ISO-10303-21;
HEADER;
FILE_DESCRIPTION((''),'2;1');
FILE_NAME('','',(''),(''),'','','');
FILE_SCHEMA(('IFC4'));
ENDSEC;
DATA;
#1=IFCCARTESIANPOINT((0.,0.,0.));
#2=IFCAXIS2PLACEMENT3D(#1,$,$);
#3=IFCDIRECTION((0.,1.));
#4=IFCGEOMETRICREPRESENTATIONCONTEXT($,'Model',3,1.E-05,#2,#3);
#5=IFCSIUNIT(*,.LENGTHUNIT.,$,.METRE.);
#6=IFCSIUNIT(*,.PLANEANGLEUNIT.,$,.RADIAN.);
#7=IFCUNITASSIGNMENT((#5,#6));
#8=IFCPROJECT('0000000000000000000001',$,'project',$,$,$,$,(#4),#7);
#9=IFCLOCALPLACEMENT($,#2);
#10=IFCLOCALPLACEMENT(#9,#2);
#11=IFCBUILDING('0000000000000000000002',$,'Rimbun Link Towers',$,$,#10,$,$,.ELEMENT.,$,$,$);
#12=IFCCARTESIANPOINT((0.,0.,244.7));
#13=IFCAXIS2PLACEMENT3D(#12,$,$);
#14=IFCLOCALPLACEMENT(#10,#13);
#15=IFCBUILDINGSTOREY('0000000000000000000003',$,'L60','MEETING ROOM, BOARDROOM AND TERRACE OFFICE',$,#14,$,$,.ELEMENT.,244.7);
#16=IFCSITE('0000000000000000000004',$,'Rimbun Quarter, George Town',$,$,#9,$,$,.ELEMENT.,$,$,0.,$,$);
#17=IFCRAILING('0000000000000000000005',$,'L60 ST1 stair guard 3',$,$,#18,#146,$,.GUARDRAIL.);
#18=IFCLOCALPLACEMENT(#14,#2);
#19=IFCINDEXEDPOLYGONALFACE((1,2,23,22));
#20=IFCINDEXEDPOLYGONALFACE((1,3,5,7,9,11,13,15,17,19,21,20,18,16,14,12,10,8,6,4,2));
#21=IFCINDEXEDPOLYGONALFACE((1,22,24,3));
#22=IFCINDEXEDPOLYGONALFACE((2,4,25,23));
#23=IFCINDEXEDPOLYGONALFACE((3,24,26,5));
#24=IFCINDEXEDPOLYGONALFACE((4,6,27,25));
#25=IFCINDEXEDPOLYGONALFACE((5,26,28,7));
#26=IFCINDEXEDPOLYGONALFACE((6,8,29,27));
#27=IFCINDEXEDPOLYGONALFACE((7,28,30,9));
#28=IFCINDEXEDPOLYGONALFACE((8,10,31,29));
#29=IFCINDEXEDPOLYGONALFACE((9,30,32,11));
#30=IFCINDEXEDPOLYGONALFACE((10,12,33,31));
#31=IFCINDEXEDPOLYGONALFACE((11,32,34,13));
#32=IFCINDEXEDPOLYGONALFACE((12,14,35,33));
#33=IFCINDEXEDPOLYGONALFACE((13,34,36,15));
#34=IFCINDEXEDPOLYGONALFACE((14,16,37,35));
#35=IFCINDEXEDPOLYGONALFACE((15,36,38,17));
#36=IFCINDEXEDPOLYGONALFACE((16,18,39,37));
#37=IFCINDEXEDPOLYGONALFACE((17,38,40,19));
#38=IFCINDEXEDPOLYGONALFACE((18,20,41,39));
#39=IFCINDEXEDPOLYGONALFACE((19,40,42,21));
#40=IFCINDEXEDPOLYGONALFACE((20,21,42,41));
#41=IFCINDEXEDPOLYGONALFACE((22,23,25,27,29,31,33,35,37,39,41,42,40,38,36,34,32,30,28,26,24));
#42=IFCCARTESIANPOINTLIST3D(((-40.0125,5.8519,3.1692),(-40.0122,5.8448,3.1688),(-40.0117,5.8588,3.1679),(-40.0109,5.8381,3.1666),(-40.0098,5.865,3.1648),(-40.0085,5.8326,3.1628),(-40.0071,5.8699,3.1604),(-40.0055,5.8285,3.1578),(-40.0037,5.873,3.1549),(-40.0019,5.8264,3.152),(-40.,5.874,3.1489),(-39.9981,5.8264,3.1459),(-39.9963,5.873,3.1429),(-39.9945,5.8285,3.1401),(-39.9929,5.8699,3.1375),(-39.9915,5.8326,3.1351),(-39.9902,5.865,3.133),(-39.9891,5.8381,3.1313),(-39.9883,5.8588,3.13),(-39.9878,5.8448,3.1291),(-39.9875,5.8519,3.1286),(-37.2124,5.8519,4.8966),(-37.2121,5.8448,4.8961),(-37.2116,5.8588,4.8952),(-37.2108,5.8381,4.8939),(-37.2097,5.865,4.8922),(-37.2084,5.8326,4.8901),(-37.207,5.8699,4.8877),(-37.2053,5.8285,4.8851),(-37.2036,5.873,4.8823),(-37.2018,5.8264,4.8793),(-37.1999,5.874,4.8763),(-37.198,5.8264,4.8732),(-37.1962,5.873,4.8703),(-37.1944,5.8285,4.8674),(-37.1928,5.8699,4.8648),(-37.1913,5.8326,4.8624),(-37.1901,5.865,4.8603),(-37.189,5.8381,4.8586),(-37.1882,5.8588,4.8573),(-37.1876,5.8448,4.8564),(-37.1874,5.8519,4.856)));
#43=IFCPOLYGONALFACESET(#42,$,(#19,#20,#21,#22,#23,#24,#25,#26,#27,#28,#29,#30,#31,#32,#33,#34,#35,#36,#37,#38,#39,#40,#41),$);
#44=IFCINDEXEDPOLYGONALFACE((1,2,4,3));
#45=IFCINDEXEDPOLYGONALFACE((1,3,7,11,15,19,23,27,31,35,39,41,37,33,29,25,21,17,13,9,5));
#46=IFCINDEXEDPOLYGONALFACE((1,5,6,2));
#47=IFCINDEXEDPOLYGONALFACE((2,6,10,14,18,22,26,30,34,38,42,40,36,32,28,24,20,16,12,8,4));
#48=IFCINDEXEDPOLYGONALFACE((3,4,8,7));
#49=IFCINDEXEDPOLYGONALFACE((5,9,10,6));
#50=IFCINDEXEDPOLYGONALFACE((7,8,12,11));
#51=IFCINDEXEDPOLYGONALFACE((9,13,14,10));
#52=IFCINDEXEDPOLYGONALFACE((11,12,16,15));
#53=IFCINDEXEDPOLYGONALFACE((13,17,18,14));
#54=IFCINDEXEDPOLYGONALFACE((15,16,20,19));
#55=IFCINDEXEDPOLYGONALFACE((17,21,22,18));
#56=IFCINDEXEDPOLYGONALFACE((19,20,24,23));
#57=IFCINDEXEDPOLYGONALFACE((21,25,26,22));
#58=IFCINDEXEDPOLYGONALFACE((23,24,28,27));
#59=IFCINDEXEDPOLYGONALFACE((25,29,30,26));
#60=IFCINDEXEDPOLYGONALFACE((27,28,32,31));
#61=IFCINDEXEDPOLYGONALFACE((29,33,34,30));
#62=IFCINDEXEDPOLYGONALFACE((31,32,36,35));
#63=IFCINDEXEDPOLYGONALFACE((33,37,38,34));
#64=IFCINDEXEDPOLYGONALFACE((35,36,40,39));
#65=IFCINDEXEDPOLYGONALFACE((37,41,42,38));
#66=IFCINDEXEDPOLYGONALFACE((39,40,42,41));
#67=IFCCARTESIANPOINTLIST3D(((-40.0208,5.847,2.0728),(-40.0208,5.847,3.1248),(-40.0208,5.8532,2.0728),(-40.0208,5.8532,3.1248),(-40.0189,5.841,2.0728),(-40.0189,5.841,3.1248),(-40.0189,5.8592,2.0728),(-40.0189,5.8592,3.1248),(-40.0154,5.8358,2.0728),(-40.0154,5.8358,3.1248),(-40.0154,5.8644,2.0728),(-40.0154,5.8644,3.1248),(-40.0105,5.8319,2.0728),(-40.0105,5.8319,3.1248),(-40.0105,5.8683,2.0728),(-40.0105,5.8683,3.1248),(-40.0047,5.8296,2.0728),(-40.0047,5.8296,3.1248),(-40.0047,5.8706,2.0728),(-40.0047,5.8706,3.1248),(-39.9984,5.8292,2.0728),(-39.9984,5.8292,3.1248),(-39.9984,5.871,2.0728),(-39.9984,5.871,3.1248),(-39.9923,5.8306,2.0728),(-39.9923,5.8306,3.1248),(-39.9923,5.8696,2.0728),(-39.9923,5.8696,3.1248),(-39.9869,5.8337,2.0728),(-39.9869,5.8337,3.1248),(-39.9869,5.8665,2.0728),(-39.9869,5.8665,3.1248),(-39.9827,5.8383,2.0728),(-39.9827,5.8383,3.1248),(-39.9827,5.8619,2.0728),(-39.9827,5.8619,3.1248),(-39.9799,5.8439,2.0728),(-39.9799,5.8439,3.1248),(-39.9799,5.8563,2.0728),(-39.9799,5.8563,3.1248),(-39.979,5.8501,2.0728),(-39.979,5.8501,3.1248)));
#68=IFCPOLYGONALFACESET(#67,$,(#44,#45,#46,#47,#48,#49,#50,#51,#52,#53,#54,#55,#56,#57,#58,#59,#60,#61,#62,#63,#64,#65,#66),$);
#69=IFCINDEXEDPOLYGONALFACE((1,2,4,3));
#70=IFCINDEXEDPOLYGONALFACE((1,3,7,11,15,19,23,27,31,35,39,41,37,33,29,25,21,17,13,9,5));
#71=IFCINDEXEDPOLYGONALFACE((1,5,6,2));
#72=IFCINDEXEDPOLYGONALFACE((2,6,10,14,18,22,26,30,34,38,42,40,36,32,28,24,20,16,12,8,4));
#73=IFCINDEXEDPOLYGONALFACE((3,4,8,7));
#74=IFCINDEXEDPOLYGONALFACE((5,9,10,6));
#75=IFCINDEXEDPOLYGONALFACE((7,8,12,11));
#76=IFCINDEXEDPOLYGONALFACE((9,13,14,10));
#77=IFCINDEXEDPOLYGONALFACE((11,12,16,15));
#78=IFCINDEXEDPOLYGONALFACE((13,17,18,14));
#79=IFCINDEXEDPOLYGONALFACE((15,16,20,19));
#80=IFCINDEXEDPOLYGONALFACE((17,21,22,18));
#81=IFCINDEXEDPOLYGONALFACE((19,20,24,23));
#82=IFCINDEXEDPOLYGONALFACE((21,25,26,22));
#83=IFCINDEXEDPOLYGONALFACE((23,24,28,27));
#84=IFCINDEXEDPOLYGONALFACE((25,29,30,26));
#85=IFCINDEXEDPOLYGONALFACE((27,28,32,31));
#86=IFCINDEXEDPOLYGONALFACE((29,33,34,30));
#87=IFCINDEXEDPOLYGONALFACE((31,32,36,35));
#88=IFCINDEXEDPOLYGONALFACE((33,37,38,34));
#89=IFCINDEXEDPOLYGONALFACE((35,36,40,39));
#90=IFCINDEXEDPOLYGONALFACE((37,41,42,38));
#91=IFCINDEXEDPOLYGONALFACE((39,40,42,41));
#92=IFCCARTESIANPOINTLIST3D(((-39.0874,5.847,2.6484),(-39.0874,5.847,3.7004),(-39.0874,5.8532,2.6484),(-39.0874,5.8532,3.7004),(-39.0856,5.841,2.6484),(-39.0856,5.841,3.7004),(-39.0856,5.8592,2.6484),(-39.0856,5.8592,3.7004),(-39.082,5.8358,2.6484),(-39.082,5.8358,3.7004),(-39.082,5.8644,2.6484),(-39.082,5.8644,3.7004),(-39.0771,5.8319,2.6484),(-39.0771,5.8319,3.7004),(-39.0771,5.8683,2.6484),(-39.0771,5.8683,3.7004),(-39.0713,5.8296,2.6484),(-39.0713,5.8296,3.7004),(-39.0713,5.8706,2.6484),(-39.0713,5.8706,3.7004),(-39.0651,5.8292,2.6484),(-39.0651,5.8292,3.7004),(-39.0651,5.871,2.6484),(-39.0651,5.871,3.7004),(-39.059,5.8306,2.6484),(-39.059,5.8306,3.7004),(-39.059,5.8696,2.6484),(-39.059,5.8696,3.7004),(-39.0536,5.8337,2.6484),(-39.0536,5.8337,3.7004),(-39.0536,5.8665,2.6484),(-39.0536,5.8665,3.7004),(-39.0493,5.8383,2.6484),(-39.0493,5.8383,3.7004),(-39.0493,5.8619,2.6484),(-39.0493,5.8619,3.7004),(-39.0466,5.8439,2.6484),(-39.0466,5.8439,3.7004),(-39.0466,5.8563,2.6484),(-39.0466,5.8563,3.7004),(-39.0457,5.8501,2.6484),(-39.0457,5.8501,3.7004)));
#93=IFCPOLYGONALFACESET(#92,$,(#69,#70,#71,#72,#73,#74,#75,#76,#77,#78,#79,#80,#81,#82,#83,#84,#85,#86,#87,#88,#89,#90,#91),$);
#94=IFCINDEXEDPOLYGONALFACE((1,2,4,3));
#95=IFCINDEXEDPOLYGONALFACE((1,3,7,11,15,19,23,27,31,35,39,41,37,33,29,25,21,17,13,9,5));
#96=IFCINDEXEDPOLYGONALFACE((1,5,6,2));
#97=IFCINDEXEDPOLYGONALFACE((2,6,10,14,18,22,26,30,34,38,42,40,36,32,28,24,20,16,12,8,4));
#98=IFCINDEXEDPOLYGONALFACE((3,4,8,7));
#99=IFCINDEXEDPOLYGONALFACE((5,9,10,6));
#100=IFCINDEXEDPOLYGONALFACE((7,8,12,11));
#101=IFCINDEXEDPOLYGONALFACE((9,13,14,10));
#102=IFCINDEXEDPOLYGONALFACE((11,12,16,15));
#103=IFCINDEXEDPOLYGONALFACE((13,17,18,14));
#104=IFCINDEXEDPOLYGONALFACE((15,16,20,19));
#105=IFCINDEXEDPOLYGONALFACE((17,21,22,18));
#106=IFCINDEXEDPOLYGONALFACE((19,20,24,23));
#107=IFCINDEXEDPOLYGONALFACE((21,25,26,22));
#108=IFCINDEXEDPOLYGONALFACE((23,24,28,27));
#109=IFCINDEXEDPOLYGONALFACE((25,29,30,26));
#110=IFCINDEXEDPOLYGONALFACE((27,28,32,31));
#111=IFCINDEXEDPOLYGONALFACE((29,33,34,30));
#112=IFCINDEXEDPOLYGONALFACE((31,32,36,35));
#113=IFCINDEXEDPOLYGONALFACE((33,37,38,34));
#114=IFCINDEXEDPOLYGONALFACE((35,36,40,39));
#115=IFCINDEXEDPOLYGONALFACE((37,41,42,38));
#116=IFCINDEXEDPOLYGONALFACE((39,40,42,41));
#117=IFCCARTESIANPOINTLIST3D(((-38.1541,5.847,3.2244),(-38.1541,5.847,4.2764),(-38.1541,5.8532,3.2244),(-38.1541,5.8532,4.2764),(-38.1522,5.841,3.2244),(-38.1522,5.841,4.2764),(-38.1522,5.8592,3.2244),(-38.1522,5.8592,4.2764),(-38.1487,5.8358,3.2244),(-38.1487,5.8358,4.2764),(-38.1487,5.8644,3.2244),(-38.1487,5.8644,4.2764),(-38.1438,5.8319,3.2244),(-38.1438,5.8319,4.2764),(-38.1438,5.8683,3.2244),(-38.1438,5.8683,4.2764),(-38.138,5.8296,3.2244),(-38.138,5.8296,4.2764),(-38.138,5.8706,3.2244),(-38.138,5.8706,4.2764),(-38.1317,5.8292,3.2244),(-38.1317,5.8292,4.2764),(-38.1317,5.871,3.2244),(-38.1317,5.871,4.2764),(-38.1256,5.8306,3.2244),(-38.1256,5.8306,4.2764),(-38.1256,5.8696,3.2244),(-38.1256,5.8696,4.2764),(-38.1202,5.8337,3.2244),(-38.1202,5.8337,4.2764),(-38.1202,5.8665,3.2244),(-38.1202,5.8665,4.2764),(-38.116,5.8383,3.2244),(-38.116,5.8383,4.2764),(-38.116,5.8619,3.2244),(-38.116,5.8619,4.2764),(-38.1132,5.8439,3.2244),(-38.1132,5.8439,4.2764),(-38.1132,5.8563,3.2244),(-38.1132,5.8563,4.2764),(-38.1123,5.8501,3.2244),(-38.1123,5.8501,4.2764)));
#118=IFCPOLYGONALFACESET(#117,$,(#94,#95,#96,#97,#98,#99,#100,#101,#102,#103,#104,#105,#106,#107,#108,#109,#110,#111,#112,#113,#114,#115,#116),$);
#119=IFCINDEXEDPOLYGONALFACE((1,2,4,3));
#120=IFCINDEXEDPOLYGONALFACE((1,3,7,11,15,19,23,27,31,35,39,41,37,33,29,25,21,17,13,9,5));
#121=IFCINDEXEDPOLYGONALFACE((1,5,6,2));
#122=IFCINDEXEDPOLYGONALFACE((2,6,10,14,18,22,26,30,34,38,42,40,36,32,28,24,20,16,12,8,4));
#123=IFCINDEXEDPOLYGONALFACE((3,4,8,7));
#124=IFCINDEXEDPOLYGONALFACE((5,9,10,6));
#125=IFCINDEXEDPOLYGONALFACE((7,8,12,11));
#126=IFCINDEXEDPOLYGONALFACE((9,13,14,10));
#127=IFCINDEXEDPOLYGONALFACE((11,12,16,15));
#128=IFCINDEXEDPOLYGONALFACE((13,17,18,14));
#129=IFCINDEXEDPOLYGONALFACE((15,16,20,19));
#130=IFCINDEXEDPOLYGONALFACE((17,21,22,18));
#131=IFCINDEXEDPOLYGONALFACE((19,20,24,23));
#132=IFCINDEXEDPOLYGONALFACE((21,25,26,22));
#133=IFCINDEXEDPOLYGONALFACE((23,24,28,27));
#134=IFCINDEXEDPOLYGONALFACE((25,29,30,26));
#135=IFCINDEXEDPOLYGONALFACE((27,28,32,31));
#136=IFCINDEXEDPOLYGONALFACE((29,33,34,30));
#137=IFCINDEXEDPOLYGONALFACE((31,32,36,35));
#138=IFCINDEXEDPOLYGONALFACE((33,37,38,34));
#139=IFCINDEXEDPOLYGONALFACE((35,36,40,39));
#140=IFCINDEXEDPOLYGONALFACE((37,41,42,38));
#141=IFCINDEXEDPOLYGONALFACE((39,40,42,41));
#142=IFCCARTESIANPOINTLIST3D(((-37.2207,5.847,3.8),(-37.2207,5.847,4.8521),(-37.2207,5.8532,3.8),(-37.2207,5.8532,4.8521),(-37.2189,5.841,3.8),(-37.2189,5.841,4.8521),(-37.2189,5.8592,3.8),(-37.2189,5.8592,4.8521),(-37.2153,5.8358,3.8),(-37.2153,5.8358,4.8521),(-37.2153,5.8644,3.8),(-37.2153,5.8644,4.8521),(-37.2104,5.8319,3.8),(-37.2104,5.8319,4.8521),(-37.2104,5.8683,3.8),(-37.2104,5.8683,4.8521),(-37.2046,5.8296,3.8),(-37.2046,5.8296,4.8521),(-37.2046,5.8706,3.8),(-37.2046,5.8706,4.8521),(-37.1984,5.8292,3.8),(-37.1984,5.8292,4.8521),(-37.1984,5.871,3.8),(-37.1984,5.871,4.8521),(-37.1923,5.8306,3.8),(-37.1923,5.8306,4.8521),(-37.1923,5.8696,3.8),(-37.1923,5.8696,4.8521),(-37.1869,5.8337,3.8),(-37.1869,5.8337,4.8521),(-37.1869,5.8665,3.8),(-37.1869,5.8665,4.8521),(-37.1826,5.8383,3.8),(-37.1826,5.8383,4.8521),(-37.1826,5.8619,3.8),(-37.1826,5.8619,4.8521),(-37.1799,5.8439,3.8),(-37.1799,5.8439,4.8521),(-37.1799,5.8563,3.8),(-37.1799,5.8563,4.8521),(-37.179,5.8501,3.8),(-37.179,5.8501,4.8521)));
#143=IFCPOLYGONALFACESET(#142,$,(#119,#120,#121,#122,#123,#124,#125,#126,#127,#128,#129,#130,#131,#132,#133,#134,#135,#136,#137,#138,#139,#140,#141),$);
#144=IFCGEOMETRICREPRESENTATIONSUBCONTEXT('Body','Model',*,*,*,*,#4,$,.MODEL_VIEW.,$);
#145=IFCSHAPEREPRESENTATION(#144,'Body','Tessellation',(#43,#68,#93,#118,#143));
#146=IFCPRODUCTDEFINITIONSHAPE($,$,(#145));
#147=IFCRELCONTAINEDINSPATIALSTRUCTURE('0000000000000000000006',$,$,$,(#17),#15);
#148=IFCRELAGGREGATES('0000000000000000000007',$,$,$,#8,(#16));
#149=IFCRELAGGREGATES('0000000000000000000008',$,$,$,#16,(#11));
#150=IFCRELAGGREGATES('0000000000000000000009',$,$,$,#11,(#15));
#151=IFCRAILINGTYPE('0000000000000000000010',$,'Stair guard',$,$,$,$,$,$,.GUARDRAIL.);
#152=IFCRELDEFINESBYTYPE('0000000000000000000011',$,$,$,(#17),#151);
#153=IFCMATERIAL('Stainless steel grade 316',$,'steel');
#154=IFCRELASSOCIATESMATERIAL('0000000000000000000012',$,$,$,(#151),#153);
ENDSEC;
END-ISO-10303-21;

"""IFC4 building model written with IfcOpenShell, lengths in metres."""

from ifc_helpers import new_model, si_unit, direction, frame, origin, origin_2d, place, context, subcontext, project, spatial, circle, extrude, material, type_object, element, save


model = new_model("IFC4")

# Units and contexts
model_context = context("Model", 3, precision=1e-05, world=origin(), true_north=direction((0.0, 1.0)))
body_context = subcontext(model_context, "Body", "Model", "MODEL_VIEW")
ifc_project = project(units=[si_unit("LENGTHUNIT", "METRE"), si_unit("PLANEANGLEUNIT", "RADIAN")], contexts=[model_context])

# Site, building, storey
site_placement = place(None, origin())
site = spatial("IfcSite", under=ifc_project, at=site_placement, Name="Rimbun Quarter, George Town", CompositionType="ELEMENT", RefElevation=0.0)
building_placement = place(site_placement, origin())
building = spatial("IfcBuilding", under=site, at=building_placement, Name="Rimbun Link Towers", CompositionType="ELEMENT")
storey_placement = place(building_placement, frame((0.0, 0.0, 244.7)))
storey = spatial("IfcBuildingStorey", under=building, at=storey_placement, Name="L60", Description="MEETING ROOM, BOARDROOM AND TERRACE OFFICE", CompositionType="ELEMENT", Elevation=244.7)

# Railing
ifc_material_1 = material(Name="Stainless steel grade 316", Category="steel")
railing_type_1 = type_object("IfcRailingType", Name="Stair guard", PredefinedType="GUARDRAIL", material=ifc_material_1)
railing_1_placement = place(storey_placement, frame((-40.0, 5.8501, 2.0728)))
element("IfcRailing", 1, at=railing_1_placement, inside=storey, type_object=railing_type_1, Name="L60 ST1 stair guard 3", PredefinedType="GUARDRAIL", context=body_context, shape_type="SweptSolid", body=[
    extrude(circle(Radius=0.0239, at=origin_2d()), frame((0.0, 0.0, 1.0762), z_axis=(0.85109, 0.0, 0.52502), x_axis=(0.0, 1.0, 0.0)), (0.0, 0.0, 1.0), 3.29),
    extrude(circle(Radius=0.021, at=origin_2d()), origin(), (0.0, 0.0, 1.0), 1.052),
    extrude(circle(Radius=0.021, at=origin_2d()), frame((0.9333, 0.0, 0.5757)), (0.0, 0.0, 1.0), 1.052),
    extrude(circle(Radius=0.021, at=origin_2d()), frame((1.8667, 0.0, 1.1516)), (0.0, 0.0, 1.0), 1.052),
    extrude(circle(Radius=0.021, at=origin_2d()), frame((2.8, 0.0, 1.7273)), (0.0, 0.0, 1.0), 1.052),
])

save(model, "model.ifc")
